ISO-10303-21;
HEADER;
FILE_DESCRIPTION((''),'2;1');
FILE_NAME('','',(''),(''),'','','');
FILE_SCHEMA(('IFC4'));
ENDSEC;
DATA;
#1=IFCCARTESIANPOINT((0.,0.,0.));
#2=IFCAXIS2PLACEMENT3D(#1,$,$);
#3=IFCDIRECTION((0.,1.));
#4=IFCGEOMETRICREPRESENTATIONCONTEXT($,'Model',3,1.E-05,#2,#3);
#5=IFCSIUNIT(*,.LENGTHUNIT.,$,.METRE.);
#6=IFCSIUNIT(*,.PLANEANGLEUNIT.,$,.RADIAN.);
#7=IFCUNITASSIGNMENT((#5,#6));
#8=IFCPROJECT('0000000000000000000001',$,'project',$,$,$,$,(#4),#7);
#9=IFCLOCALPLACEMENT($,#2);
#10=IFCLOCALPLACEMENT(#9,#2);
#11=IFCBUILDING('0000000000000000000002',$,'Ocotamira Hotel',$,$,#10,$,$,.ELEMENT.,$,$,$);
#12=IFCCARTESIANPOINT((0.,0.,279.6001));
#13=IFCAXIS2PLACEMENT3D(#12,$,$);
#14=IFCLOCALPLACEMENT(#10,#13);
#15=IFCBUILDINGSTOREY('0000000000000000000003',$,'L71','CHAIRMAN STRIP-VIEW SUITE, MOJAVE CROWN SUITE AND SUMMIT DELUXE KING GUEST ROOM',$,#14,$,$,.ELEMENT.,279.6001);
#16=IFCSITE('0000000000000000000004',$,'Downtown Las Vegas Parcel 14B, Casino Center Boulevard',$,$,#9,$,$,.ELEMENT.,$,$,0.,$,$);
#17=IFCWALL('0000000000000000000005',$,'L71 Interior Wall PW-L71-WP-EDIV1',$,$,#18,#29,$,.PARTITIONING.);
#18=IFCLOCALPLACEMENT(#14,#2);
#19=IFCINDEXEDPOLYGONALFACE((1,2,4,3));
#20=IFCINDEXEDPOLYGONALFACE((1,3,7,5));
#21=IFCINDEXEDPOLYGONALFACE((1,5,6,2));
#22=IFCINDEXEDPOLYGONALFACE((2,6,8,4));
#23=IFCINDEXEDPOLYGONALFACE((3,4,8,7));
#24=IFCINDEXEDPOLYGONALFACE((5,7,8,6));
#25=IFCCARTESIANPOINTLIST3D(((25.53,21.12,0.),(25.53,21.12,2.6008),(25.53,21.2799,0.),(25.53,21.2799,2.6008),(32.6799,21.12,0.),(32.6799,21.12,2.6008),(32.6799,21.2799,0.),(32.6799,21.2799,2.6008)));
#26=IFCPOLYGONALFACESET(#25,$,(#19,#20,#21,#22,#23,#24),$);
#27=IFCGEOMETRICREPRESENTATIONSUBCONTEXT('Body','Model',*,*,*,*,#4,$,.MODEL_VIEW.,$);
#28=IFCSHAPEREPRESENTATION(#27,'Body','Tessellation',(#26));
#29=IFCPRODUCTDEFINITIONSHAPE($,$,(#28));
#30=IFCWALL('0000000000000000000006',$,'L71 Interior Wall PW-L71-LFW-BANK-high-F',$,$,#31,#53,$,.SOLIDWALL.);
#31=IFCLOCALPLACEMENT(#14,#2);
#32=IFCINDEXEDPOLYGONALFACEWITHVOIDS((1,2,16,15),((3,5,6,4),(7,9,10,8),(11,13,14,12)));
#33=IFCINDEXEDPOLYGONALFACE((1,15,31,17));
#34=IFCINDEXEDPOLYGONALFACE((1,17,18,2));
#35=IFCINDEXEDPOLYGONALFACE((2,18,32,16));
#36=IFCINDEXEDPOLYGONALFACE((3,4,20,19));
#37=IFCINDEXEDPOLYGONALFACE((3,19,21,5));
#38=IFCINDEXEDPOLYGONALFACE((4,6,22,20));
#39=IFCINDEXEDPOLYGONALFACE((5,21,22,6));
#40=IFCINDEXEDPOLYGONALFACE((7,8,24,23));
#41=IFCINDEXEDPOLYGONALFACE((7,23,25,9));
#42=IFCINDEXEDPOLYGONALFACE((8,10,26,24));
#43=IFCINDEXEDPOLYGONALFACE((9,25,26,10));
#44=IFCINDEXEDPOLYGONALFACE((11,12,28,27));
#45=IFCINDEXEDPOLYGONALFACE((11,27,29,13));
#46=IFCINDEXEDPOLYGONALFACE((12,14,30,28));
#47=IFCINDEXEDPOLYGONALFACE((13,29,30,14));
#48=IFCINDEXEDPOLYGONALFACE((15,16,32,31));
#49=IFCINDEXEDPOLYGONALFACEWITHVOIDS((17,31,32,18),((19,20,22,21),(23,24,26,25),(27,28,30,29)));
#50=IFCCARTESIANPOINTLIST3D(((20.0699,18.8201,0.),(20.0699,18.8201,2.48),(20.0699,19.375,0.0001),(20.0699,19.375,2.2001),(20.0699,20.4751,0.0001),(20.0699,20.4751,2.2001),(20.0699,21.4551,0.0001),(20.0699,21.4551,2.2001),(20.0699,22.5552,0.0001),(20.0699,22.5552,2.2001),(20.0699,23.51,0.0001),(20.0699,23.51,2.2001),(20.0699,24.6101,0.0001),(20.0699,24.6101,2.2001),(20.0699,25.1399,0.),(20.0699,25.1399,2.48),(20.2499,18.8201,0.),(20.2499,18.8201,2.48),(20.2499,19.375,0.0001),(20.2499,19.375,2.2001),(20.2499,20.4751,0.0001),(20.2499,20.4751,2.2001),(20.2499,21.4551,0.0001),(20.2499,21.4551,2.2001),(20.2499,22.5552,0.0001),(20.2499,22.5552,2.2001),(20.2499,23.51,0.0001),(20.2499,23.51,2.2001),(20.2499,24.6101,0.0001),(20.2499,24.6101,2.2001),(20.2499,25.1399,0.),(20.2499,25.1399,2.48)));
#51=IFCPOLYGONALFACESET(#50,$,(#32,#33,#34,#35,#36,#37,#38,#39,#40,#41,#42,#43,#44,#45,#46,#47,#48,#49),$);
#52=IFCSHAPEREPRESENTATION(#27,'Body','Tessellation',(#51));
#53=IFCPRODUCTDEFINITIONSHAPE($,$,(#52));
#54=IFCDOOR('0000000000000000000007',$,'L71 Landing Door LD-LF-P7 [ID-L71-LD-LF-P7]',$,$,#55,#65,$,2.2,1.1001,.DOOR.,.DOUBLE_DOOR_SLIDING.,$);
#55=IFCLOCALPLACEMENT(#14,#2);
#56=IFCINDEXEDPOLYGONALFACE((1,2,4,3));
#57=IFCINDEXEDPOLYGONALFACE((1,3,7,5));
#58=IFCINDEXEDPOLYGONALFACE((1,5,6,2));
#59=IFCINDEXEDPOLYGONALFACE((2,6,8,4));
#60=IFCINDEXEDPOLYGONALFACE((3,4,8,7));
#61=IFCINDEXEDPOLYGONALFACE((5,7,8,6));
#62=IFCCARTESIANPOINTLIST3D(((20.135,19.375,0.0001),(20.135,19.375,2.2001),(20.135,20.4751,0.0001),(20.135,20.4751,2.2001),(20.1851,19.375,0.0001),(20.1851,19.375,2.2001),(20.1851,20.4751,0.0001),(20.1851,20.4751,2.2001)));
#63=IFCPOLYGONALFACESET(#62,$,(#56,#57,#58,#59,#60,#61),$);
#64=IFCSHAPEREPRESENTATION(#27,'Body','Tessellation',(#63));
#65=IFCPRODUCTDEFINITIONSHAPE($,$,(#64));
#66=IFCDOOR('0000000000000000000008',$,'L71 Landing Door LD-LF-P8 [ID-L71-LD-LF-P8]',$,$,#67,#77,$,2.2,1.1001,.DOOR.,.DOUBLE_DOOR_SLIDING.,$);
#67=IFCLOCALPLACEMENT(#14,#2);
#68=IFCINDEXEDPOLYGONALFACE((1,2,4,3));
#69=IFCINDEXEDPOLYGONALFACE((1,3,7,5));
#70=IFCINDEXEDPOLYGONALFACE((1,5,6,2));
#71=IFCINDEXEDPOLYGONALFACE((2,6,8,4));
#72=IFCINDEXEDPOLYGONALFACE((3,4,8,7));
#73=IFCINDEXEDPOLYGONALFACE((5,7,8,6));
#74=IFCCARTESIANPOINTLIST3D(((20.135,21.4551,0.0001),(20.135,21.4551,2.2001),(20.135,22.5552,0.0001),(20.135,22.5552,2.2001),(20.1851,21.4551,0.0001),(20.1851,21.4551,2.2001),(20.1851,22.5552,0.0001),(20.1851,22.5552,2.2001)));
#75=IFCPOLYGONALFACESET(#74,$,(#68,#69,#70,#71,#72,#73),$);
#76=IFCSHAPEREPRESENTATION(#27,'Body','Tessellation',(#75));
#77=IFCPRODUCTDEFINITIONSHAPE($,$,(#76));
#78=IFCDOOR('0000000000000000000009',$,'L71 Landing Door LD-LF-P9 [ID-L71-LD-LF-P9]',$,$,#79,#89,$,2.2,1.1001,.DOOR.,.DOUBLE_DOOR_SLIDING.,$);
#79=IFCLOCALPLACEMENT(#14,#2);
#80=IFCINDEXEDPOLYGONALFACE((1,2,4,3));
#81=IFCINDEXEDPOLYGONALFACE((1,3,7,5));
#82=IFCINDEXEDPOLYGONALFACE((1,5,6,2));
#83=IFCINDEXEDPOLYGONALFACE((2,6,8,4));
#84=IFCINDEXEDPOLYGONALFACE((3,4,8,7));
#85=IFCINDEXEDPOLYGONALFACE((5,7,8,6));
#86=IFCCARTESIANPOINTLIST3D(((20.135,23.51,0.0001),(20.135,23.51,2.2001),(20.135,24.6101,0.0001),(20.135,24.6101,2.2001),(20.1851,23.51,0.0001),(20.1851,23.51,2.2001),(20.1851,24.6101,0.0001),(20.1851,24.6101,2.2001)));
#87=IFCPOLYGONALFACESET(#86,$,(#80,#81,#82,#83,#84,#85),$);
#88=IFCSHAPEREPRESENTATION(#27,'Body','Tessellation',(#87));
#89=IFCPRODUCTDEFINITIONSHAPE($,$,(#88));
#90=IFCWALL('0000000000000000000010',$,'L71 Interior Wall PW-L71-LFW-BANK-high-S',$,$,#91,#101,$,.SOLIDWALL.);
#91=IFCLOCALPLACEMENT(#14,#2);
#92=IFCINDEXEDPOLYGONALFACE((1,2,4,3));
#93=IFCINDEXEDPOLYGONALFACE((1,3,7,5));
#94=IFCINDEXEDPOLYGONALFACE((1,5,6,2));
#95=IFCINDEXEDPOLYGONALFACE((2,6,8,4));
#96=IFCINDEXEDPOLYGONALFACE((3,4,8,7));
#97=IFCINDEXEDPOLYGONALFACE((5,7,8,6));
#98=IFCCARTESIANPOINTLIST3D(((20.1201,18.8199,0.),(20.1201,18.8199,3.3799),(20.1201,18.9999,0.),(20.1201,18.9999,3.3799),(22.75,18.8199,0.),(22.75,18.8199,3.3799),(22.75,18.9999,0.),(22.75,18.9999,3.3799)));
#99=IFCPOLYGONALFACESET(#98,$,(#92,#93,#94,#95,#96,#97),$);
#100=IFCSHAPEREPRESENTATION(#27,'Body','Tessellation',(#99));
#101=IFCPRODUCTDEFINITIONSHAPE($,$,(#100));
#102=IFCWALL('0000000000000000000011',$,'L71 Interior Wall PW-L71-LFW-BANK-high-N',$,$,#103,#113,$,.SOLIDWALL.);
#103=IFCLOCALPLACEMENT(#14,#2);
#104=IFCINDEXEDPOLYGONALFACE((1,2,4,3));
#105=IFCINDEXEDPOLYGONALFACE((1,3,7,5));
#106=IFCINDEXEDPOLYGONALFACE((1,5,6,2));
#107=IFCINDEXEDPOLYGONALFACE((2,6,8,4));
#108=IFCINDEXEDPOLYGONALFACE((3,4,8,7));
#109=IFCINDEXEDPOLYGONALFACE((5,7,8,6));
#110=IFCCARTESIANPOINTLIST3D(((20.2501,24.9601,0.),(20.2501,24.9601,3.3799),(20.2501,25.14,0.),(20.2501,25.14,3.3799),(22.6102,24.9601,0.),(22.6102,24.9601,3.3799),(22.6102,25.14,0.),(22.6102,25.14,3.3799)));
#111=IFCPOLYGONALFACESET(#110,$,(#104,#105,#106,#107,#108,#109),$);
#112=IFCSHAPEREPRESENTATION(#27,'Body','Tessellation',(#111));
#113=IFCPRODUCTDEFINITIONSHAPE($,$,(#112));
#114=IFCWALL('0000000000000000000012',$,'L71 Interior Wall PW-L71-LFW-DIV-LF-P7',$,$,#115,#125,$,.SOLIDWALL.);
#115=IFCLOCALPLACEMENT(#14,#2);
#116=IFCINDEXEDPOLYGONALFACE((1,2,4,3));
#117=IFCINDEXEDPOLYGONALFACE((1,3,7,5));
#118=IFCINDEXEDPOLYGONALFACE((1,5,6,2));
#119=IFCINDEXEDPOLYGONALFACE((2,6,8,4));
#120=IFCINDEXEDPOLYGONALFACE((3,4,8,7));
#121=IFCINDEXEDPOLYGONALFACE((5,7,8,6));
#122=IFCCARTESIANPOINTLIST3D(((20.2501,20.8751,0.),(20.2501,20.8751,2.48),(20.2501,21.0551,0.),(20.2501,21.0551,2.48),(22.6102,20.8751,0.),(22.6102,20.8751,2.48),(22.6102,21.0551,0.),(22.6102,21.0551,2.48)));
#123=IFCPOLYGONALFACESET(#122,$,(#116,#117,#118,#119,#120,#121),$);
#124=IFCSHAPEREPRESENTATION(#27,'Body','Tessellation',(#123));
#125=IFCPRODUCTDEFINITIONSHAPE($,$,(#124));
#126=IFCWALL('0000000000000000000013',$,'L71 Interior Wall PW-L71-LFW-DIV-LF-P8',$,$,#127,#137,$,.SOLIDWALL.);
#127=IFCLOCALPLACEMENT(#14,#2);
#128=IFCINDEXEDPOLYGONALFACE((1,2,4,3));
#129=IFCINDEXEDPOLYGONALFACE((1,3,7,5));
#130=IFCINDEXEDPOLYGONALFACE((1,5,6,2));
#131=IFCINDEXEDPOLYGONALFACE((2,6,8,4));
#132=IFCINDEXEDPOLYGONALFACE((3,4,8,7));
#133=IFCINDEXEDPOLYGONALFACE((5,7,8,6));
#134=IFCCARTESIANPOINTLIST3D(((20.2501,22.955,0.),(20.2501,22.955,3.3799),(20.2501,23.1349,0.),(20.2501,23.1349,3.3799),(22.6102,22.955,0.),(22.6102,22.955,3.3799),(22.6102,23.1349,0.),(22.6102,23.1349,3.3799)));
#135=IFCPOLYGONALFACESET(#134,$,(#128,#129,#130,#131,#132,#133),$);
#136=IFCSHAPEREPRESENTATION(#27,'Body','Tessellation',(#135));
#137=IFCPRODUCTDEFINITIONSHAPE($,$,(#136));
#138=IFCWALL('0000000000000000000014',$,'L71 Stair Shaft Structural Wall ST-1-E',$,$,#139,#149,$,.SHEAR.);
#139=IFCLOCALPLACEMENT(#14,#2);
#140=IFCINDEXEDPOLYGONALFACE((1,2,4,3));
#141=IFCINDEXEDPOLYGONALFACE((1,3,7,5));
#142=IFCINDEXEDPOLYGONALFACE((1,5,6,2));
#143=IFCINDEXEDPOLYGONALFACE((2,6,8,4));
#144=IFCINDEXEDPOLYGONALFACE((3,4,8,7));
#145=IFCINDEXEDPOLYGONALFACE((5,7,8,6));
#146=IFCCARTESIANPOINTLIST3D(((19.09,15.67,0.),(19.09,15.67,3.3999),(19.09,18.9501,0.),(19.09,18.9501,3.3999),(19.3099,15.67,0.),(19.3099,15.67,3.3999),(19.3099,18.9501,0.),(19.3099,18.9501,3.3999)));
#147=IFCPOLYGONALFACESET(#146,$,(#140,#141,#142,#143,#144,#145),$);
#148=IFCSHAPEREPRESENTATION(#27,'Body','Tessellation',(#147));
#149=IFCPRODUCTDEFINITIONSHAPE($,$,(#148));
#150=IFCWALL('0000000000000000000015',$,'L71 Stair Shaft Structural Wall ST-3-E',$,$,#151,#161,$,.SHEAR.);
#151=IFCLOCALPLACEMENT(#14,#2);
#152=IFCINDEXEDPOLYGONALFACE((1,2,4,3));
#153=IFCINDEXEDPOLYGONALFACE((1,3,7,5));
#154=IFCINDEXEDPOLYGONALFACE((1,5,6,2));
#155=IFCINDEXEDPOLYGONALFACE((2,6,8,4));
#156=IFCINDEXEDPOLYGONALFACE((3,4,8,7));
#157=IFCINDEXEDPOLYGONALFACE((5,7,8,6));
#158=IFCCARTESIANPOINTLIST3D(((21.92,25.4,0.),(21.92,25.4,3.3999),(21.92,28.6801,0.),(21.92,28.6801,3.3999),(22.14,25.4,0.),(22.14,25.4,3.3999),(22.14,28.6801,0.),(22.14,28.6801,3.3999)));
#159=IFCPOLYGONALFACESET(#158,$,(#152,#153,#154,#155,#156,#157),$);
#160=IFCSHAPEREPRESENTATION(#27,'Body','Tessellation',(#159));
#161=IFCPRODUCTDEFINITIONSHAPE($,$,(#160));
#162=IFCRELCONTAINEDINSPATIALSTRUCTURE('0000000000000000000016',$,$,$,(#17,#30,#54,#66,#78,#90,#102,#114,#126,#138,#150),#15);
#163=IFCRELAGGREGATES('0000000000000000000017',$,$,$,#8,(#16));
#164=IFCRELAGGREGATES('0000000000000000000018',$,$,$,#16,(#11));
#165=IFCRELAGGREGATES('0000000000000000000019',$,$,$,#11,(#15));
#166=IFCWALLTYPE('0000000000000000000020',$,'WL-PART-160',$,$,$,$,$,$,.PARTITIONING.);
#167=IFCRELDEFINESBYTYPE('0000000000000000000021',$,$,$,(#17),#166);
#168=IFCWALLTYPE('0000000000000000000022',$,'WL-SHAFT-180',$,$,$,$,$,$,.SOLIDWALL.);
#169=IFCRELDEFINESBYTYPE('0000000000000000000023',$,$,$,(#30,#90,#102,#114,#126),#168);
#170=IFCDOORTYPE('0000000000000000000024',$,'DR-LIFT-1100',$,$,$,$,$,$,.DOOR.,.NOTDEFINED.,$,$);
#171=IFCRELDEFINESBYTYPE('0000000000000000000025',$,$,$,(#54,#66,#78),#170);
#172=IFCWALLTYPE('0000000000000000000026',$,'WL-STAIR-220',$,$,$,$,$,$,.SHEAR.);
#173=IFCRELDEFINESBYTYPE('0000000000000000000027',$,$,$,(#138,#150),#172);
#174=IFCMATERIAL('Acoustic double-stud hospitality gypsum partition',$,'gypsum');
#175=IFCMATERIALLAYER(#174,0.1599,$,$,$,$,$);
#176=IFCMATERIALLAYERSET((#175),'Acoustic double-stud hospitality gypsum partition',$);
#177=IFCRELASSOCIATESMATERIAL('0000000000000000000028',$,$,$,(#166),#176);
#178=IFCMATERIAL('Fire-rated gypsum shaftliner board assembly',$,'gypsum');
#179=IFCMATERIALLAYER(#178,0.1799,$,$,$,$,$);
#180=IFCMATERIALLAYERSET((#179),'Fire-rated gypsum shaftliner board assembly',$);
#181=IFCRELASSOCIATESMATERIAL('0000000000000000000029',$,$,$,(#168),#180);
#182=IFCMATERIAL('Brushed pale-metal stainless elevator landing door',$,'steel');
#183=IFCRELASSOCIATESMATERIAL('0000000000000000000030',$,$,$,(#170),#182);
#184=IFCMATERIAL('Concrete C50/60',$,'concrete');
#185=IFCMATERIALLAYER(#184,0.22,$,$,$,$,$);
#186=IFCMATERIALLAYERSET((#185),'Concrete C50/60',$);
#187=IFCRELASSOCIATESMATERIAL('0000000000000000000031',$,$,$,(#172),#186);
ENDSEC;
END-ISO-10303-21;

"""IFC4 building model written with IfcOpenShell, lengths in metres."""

from ifc_helpers import new_model, si_unit, direction, frame, frame_2d, origin, place, context, subcontext, project, spatial, rectangle, extrude, source, transform, mapped, material, layer, layer_set, type_object, element, fill, save


model = new_model("IFC4")

# Units and contexts
model_context = context("Model", 3, precision=1e-05, world=origin(), true_north=direction((0.0, 1.0)))
body_context = subcontext(model_context, "Body", "Model", "MODEL_VIEW")
ifc_project = project(units=[si_unit("LENGTHUNIT", "METRE"), si_unit("PLANEANGLEUNIT", "RADIAN")], contexts=[model_context])

# Site, building, storey
site_placement = place(None, origin())
site = spatial("IfcSite", under=ifc_project, at=site_placement, Name="Downtown Las Vegas Parcel 14B, Casino Center Boulevard", CompositionType="ELEMENT", RefElevation=0.0)
building_placement = place(site_placement, origin())
building = spatial("IfcBuilding", under=site, at=building_placement, Name="Ocotamira Hotel", CompositionType="ELEMENT")
storey_placement = place(building_placement, frame((0.0, 0.0, 279.6001)))
storey = spatial("IfcBuildingStorey", under=building, at=storey_placement, Name="L71", Description="CHAIRMAN STRIP-VIEW SUITE, MOJAVE CROWN SUITE AND SUMMIT DELUXE KING GUEST ROOM", CompositionType="ELEMENT", Elevation=279.6001)

# Shared definitions
ifc_material_1 = material(Name="Concrete C50/60", Category="concrete")

# Wall
ifc_material_2 = material(Name="Acoustic double-stud hospitality gypsum partition", Category="gypsum")
ifc_layer_1 = layer(ifc_material_2, 0.1599)
ifc_layer_set_1 = layer_set([ifc_layer_1], Name="Acoustic double-stud hospitality gypsum partition")
wall_type_1 = type_object("IfcWallType", Name="WL-PART-160", PredefinedType="PARTITIONING", material=ifc_layer_set_1)
wall_1_placement = place(storey_placement, frame((25.53, 21.2, 0.0), z_axis=(0.0, 0.0, 1.0), x_axis=(1.0, 0.0, 0.0)))
element("IfcWall", 1, at=wall_1_placement, inside=storey, type_object=wall_type_1, Name="L71 Interior Wall PW-L71-WP-EDIV1", PredefinedType="PARTITIONING", context=body_context, shape_type="SweptSolid", body=[
    extrude(rectangle(XDim=7.1499, YDim=0.1599, at=frame_2d((3.575, 0.0))), origin(), (0.0, 0.0, 1.0), 2.6008),
])

# Wall, openings, doors
ifc_material_3 = material(Name="Fire-rated gypsum shaftliner board assembly", Category="gypsum")
ifc_layer_2 = layer(ifc_material_3, 0.1799)
ifc_layer_set_2 = layer_set([ifc_layer_2], Name="Fire-rated gypsum shaftliner board assembly")
wall_type_2 = type_object("IfcWallType", Name="WL-SHAFT-180", PredefinedType="SOLIDWALL", material=ifc_layer_set_2)
wall_2_placement = place(storey_placement, frame((20.1599, 18.8201, 0.0), z_axis=(0.0, 0.0, 1.0), x_axis=(0.0, 1.0, 0.0)))
wall_2 = element("IfcWall", 2, at=wall_2_placement, inside=storey, type_object=wall_type_2, Name="L71 Interior Wall PW-L71-LFW-BANK-high-F", PredefinedType="SOLIDWALL", context=body_context, shape_type="SweptSolid", body=[
    extrude(rectangle(XDim=6.3198, YDim=0.1799, at=frame_2d((3.1599, 0.0))), origin(), (0.0, 0.0, 1.0), 2.48),
])
opening_1_placement = place(wall_2_placement, frame((0.5549, 0.0, 0.0)))
opening_1 = element("IfcOpeningElement", 3, at=opening_1_placement, cuts=wall_2, PredefinedType="OPENING", context=body_context, shape_type="SweptSolid", body=[
    extrude(rectangle(XDim=1.1001, YDim=2.2, at=frame_2d((0.55, 1.1001))), frame((0.0, 0.1001, 0.0), z_axis=(0.0, -1.0, 0.0), x_axis=(1.0, 0.0, 0.0)), (0.0, 0.0, 1.0), 0.2),
])
opening_2_placement = place(wall_2_placement, frame((2.635, 0.0, 0.0)))
opening_2 = element("IfcOpeningElement", 4, at=opening_2_placement, cuts=wall_2, PredefinedType="OPENING", context=body_context, shape_type="SweptSolid", body=[
    extrude(rectangle(XDim=1.1001, YDim=2.2, at=frame_2d((0.55, 1.1001))), frame((0.0, 0.1001, 0.0), z_axis=(0.0, -1.0, 0.0), x_axis=(1.0, 0.0, 0.0)), (0.0, 0.0, 1.0), 0.2),
])
opening_3_placement = place(wall_2_placement, frame((4.6899, 0.0, 0.0)))
opening_3 = element("IfcOpeningElement", 5, at=opening_3_placement, cuts=wall_2, PredefinedType="OPENING", context=body_context, shape_type="SweptSolid", body=[
    extrude(rectangle(XDim=1.1001, YDim=2.2, at=frame_2d((0.55, 1.1001))), frame((0.0, 0.1001, 0.0), z_axis=(0.0, -1.0, 0.0), x_axis=(1.0, 0.0, 0.0)), (0.0, 0.0, 1.0), 0.2),
])
ifc_material_4 = material(Name="Brushed pale-metal stainless elevator landing door", Category="steel")
door_type_1 = type_object("IfcDoorType", Name="DR-LIFT-1100", OperationType="NOTDEFINED", PredefinedType="DOOR", material=ifc_material_4)
shared_shape_1 = source(origin(), body_context, "Body", "SweptSolid", [
    extrude(rectangle(XDim=1.1001, YDim=2.2, at=frame_2d((0.55, 1.1001))), frame((0.0, 0.0249, 0.0), z_axis=(0.0, -1.0, 0.0), x_axis=(1.0, 0.0, 0.0)), (0.0, 0.0, 1.0), 0.05),
])
door_1_placement = place(opening_1_placement, origin())
door_1 = element("IfcDoor", 6, at=door_1_placement, inside=storey, type_object=door_type_1, Name="L71 Landing Door LD-LF-P7 [ID-L71-LD-LF-P7]", OperationType="DOUBLE_DOOR_SLIDING", OverallHeight=2.2, OverallWidth=1.1001, PredefinedType="DOOR", context=body_context, shape_type="MappedRepresentation", body=[
    mapped(shared_shape_1, transform((0.0, 0.0, 0.0), scale=1.0)),
])
fill(opening_1, door_1)
door_2_placement = place(opening_2_placement, origin())
door_2 = element("IfcDoor", 7, at=door_2_placement, inside=storey, type_object=door_type_1, Name="L71 Landing Door LD-LF-P8 [ID-L71-LD-LF-P8]", OperationType="DOUBLE_DOOR_SLIDING", OverallHeight=2.2, OverallWidth=1.1001, PredefinedType="DOOR", context=body_context, shape_type="MappedRepresentation", body=[
    mapped(shared_shape_1, transform((0.0, 0.0, 0.0), scale=1.0)),
])
fill(opening_2, door_2)
door_3_placement = place(opening_3_placement, origin())
door_3 = element("IfcDoor", 8, at=door_3_placement, inside=storey, type_object=door_type_1, Name="L71 Landing Door LD-LF-P9 [ID-L71-LD-LF-P9]", OperationType="DOUBLE_DOOR_SLIDING", OverallHeight=2.2, OverallWidth=1.1001, PredefinedType="DOOR", context=body_context, shape_type="MappedRepresentation", body=[
    mapped(shared_shape_1, transform((0.0, 0.0, 0.0), scale=1.0)),
])
fill(opening_3, door_3)

# Walls
wall_3_placement = place(storey_placement, frame((20.1201, 18.9099, 0.0), z_axis=(0.0, 0.0, 1.0), x_axis=(1.0, 0.0, 0.0)))
element("IfcWall", 9, at=wall_3_placement, inside=storey, type_object=wall_type_2, Name="L71 Interior Wall PW-L71-LFW-BANK-high-S", PredefinedType="SOLIDWALL", context=body_context, shape_type="SweptSolid", body=[
    extrude(rectangle(XDim=2.6299, YDim=0.1799, at=frame_2d((1.3149, 0.0))), origin(), (0.0, 0.0, 1.0), 3.3799),
])
wall_4_placement = place(storey_placement, frame((20.25, 25.05, 0.0), z_axis=(0.0, 0.0, 1.0), x_axis=(1.0, 0.0, 0.0)))
element("IfcWall", 10, at=wall_4_placement, inside=storey, type_object=wall_type_2, Name="L71 Interior Wall PW-L71-LFW-BANK-high-N", PredefinedType="SOLIDWALL", context=body_context, shape_type="SweptSolid", body=[
    extrude(rectangle(XDim=2.3601, YDim=0.1799, at=frame_2d((1.1802, 0.0))), origin(), (0.0, 0.0, 1.0), 3.3799),
])
wall_5_placement = place(storey_placement, frame((20.25, 20.9651, 0.0), z_axis=(0.0, 0.0, 1.0), x_axis=(1.0, 0.0, 0.0)))
element("IfcWall", 11, at=wall_5_placement, inside=storey, type_object=wall_type_2, Name="L71 Interior Wall PW-L71-LFW-DIV-LF-P7", PredefinedType="SOLIDWALL", context=body_context, shape_type="SweptSolid", body=[
    extrude(rectangle(XDim=2.3601, YDim=0.1799, at=frame_2d((1.1802, 0.0))), origin(), (0.0, 0.0, 1.0), 2.48),
])
wall_6_placement = place(storey_placement, frame((20.25, 23.0449, 0.0), z_axis=(0.0, 0.0, 1.0), x_axis=(1.0, 0.0, 0.0)))
element("IfcWall", 12, at=wall_6_placement, inside=storey, type_object=wall_type_2, Name="L71 Interior Wall PW-L71-LFW-DIV-LF-P8", PredefinedType="SOLIDWALL", context=body_context, shape_type="SweptSolid", body=[
    extrude(rectangle(XDim=2.3601, YDim=0.1799, at=frame_2d((1.1802, 0.0))), origin(), (0.0, 0.0, 1.0), 3.3799),
])
ifc_layer_3 = layer(ifc_material_1, 0.22)
ifc_layer_set_3 = layer_set([ifc_layer_3], Name="Concrete C50/60")
wall_type_3 = type_object("IfcWallType", Name="WL-STAIR-220", PredefinedType="SHEAR", material=ifc_layer_set_3)
for number, where, z_axis, x_axis, name in (
    (13, (19.2, 15.6699, 0.0), (0.0, 0.0, 1.0), (0.0, 1.0, 0.0), "L71 Stair Shaft Structural Wall ST-1-E"),
    (14, (22.03, 25.3999, 0.0), (0.0, 0.0, 1.0), (0.0, 1.0, 0.0), "L71 Stair Shaft Structural Wall ST-3-E"),
):
    element("IfcWall", number, at=place(storey_placement, frame(where, z_axis=z_axis, x_axis=x_axis)), inside=storey, type_object=wall_type_3, Name=name, PredefinedType="SHEAR", context=body_context, shape_type="SweptSolid", body=[
        extrude(rectangle(XDim=3.28, YDim=0.22, at=frame_2d((1.6401, 0.0))), origin(), (0.0, 0.0, 1.0), 3.3999),
    ])

save(model, "model.ifc")
